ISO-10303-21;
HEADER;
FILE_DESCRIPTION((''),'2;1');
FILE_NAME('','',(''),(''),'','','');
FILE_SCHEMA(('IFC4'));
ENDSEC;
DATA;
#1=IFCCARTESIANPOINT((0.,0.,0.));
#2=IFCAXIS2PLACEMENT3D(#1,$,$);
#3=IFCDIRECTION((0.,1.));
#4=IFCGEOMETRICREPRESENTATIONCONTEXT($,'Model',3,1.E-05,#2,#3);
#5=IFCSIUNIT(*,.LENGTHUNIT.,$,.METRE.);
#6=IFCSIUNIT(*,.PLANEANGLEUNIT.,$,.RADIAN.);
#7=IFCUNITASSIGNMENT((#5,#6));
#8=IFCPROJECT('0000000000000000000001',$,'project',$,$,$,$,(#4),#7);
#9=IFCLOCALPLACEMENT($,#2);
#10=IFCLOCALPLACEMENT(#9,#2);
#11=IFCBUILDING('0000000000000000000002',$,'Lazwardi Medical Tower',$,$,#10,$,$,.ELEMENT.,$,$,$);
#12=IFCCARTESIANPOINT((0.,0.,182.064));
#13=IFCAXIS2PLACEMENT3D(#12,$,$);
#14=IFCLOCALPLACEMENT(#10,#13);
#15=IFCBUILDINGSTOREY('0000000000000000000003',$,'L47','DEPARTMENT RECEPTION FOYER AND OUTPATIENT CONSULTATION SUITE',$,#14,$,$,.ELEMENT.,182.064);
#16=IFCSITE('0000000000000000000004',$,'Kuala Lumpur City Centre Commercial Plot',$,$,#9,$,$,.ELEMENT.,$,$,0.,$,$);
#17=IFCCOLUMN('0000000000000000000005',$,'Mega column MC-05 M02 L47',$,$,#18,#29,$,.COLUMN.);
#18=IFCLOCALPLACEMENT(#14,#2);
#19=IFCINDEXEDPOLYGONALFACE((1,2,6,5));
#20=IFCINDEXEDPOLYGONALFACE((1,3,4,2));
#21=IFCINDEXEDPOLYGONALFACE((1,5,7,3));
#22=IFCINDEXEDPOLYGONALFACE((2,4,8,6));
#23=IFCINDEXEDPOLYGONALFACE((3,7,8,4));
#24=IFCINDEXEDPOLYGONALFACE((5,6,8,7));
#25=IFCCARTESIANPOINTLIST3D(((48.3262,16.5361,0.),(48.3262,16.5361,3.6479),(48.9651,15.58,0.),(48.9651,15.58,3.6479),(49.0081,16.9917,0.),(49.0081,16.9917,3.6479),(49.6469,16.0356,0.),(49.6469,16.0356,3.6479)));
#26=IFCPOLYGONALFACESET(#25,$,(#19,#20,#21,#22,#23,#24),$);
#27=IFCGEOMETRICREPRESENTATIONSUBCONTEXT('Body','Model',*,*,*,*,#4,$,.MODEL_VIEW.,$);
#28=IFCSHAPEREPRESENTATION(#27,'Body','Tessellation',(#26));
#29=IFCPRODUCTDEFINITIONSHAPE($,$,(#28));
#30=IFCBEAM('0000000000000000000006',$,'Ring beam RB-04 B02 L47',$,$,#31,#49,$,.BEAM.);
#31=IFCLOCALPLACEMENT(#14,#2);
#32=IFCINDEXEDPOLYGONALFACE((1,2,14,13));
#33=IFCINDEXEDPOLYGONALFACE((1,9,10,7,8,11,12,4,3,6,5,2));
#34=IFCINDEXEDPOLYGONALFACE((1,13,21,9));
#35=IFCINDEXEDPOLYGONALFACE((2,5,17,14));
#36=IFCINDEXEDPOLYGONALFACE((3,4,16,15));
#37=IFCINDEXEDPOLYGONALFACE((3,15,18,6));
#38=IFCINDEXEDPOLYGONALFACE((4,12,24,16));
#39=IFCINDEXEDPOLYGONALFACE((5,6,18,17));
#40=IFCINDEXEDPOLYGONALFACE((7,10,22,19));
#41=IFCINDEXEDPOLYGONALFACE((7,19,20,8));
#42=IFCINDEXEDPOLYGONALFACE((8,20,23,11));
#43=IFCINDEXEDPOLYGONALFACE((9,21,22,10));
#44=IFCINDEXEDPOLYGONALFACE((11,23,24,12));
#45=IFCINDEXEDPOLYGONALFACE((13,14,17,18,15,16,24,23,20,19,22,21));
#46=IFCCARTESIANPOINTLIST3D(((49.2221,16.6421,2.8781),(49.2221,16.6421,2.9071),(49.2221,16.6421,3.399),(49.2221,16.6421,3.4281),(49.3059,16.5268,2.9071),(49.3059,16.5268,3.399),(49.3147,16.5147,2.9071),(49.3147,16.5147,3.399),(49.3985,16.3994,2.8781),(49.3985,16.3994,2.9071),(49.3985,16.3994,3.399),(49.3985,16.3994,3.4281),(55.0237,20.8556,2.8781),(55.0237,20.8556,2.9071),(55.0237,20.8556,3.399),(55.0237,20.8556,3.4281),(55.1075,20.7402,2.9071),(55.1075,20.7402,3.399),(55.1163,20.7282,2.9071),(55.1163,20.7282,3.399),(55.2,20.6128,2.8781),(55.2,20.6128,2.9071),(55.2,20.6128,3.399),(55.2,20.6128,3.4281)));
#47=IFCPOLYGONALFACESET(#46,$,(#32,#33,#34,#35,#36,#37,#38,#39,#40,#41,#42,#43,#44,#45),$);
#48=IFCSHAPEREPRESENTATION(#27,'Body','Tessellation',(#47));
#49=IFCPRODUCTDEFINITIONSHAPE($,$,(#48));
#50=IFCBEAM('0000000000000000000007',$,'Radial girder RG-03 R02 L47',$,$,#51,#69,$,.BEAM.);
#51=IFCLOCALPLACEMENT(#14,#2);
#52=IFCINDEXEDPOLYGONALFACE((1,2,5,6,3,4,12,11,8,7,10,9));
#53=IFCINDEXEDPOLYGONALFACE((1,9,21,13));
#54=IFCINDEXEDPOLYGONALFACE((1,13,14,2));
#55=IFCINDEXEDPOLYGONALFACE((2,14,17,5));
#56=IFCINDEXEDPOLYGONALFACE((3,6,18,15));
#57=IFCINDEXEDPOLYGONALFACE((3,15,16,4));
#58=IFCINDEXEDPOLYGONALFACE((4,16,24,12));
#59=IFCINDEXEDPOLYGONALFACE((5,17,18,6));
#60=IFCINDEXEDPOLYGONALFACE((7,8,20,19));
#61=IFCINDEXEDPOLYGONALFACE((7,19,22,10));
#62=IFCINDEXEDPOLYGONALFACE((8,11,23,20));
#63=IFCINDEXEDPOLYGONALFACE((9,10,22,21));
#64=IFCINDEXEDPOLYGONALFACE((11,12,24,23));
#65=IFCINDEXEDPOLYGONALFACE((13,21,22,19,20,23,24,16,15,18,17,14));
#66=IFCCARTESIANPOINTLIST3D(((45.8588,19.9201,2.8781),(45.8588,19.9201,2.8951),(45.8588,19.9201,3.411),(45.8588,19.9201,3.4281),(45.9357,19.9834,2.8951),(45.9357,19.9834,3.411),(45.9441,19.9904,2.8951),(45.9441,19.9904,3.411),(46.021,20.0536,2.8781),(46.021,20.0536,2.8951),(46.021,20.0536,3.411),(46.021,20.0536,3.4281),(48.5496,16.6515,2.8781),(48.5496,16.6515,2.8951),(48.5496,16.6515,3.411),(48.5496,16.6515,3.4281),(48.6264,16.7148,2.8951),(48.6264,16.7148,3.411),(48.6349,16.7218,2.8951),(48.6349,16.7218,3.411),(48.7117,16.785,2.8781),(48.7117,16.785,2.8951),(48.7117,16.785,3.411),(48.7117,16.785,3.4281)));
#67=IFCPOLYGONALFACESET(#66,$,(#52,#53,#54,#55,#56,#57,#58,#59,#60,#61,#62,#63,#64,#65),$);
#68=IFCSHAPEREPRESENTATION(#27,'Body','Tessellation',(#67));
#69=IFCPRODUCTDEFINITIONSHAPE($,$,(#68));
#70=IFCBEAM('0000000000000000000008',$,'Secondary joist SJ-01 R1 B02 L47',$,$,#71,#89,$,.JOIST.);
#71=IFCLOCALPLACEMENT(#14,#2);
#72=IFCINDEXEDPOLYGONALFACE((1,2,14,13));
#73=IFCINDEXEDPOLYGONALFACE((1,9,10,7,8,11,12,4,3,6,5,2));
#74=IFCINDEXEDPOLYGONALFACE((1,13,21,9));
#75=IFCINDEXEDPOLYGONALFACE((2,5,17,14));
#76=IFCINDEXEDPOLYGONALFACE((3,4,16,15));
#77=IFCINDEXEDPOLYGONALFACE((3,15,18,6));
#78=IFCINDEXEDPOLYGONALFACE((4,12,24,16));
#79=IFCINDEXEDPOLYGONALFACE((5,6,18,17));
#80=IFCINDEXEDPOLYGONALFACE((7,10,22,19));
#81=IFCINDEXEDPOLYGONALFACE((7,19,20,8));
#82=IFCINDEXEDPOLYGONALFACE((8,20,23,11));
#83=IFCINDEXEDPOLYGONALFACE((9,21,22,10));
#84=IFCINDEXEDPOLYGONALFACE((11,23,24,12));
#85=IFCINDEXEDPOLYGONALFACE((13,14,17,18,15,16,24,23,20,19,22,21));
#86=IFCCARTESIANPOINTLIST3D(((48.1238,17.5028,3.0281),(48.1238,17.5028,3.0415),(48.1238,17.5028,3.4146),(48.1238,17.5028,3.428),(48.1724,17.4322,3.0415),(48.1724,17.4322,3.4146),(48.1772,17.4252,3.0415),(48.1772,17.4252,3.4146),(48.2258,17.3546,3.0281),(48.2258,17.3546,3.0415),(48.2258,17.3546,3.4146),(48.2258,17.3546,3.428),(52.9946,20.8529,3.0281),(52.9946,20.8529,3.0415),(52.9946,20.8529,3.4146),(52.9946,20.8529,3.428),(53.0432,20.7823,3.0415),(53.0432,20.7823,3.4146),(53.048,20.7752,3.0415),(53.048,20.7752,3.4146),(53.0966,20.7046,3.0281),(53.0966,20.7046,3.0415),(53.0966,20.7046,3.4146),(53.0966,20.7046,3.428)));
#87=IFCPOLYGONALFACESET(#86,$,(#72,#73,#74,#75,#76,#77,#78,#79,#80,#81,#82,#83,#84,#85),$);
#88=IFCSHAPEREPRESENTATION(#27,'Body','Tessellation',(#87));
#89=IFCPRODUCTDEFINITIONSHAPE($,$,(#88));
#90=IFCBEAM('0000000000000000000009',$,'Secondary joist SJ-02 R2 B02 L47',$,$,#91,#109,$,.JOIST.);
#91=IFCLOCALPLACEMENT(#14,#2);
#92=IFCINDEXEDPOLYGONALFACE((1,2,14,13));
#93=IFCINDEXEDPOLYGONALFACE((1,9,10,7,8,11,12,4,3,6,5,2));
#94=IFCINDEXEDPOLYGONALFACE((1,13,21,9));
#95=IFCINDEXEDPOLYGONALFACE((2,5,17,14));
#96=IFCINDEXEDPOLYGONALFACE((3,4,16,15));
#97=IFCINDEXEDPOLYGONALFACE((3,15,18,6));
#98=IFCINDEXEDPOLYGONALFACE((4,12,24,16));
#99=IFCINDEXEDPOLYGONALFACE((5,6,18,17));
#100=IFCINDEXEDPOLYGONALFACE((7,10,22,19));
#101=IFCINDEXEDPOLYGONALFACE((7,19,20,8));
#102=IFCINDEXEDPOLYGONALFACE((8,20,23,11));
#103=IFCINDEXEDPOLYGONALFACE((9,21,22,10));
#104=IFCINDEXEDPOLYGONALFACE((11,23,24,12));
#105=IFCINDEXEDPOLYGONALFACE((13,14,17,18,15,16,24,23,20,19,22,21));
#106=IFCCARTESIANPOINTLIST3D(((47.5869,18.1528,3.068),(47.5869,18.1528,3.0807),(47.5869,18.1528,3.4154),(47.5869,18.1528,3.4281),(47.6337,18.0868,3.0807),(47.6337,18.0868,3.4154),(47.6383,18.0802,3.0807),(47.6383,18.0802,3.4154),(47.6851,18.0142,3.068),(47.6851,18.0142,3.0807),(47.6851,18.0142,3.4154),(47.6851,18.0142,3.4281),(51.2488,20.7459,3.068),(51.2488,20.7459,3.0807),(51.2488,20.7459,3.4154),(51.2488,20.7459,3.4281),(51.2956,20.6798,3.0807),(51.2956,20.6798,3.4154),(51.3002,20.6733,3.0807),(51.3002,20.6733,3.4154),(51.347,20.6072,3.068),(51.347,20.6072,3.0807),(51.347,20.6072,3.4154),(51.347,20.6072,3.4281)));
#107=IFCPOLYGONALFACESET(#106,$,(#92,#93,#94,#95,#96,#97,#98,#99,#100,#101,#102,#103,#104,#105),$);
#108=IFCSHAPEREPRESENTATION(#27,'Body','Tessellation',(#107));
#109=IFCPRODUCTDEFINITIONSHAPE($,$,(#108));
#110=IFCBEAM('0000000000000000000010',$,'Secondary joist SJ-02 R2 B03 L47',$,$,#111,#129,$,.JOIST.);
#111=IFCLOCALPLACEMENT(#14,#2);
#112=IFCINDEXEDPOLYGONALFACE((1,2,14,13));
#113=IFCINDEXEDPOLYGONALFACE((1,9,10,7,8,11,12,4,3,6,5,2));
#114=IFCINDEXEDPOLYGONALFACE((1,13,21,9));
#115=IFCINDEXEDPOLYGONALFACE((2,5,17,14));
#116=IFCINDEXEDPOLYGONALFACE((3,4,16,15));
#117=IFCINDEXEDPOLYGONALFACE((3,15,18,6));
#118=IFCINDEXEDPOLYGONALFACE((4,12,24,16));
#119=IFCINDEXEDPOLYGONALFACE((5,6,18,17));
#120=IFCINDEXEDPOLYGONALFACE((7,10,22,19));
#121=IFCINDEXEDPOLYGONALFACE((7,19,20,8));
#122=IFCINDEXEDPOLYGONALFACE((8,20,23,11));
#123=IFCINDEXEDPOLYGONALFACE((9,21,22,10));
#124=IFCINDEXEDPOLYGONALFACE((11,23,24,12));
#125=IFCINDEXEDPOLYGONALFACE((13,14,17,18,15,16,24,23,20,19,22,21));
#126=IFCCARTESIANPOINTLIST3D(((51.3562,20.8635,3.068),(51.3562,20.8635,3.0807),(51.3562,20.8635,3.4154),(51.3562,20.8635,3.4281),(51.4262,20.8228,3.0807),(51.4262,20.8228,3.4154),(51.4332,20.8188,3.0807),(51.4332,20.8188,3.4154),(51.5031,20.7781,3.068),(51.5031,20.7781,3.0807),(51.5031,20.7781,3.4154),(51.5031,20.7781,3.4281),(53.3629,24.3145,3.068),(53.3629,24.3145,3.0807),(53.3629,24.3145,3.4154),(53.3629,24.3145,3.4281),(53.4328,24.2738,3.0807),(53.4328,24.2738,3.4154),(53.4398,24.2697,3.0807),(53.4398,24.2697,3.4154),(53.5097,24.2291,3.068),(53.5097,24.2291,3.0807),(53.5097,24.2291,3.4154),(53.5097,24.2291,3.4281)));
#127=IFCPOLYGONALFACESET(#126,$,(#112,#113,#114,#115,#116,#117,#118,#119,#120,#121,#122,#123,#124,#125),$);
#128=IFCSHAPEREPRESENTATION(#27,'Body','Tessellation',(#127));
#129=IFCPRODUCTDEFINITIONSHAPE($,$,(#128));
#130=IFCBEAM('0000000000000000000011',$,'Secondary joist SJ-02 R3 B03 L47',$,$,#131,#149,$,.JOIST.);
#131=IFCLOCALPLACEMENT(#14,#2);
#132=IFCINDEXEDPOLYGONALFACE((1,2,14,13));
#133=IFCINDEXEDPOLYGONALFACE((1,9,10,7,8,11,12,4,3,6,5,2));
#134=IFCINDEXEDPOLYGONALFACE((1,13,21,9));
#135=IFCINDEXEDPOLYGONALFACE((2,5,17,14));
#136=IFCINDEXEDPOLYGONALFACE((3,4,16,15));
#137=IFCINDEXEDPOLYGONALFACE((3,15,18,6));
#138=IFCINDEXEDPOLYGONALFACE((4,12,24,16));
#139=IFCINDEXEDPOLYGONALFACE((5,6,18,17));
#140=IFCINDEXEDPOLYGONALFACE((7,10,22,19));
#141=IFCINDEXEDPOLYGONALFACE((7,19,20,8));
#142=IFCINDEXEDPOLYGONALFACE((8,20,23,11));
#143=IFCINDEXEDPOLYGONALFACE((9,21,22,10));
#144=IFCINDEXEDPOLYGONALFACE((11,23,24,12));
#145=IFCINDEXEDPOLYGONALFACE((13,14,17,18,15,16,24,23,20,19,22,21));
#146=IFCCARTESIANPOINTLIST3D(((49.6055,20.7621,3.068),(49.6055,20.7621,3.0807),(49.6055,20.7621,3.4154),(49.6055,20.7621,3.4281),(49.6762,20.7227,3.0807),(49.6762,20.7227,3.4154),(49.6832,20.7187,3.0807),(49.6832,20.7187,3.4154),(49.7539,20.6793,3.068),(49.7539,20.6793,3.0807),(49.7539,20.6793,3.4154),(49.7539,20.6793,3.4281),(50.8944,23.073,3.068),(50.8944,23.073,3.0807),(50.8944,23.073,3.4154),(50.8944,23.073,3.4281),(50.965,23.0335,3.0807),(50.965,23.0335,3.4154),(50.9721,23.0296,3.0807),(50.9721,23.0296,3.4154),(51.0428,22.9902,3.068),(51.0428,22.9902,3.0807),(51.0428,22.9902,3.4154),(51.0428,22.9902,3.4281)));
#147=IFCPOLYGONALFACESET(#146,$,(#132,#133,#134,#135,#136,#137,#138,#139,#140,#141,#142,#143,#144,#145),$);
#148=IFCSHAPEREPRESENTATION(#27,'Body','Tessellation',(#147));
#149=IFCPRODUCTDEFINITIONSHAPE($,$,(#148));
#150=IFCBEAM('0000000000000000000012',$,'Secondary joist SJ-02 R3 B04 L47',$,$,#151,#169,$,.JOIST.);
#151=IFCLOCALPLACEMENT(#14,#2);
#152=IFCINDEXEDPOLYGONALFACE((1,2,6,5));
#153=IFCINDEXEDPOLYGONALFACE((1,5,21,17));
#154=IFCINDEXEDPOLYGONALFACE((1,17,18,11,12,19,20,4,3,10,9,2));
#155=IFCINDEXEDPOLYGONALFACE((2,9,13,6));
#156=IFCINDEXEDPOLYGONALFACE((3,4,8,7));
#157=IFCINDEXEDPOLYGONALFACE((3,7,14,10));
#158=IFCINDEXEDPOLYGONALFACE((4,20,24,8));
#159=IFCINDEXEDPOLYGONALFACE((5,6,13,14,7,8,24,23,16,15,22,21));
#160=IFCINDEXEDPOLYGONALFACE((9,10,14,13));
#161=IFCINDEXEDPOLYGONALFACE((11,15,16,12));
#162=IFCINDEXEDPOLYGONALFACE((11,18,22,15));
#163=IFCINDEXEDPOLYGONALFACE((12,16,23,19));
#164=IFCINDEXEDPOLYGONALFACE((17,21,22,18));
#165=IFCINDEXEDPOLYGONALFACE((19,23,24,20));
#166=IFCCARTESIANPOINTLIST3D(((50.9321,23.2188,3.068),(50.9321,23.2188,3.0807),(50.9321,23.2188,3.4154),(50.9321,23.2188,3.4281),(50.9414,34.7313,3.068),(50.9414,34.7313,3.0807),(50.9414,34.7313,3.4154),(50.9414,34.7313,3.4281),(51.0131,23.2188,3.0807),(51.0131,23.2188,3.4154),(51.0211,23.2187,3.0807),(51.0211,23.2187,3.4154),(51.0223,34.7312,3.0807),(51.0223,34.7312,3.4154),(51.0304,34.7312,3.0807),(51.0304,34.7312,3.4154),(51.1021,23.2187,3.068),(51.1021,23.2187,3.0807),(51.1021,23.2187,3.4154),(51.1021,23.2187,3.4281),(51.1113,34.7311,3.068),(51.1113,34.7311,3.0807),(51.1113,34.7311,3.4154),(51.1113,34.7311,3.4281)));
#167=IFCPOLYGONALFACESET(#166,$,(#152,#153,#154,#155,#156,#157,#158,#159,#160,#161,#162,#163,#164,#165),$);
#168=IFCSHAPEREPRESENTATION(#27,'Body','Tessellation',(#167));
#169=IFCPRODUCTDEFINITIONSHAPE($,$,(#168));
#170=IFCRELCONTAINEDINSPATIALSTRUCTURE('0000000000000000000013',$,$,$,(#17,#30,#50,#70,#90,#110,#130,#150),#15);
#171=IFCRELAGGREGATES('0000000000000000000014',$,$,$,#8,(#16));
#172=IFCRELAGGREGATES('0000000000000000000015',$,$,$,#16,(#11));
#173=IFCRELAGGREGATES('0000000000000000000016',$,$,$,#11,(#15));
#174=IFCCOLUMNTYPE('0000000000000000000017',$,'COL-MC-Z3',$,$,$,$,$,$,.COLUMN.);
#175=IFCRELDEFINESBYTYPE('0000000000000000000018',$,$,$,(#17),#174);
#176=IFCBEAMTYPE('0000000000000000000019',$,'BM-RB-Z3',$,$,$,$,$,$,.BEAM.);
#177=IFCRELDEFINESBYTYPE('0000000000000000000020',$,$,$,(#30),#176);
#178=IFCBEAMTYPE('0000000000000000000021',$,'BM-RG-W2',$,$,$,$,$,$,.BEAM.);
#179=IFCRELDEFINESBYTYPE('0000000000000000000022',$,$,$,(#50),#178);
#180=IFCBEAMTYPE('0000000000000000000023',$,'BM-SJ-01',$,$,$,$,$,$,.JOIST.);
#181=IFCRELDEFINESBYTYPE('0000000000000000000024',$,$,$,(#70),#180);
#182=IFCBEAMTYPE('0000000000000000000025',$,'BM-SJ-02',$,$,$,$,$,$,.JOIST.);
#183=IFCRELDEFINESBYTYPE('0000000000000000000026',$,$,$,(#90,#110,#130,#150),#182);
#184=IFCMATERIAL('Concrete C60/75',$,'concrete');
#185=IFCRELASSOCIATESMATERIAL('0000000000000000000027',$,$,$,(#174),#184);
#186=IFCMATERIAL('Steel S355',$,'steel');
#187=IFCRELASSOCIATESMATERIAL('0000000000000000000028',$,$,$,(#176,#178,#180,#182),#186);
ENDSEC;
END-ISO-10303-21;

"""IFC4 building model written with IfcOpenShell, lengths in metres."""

from ifc_helpers import new_model, si_unit, direction, frame, origin, origin_2d, place, context, subcontext, project, spatial, rectangle, i_section, extrude, material, material_profile, profile_set, type_object, element, save


model = new_model("IFC4")

# Units and contexts
model_context = context("Model", 3, precision=1e-05, world=origin(), true_north=direction((0.0, 1.0)))
body_context = subcontext(model_context, "Body", "Model", "MODEL_VIEW")
ifc_project = project(units=[si_unit("LENGTHUNIT", "METRE"), si_unit("PLANEANGLEUNIT", "RADIAN")], contexts=[model_context])

# Site, building, storey
site_placement = place(None, origin())
site = spatial("IfcSite", under=ifc_project, at=site_placement, Name="Kuala Lumpur City Centre Commercial Plot", CompositionType="ELEMENT", RefElevation=0.0)
building_placement = place(site_placement, origin())
building = spatial("IfcBuilding", under=site, at=building_placement, Name="Lazwardi Medical Tower", CompositionType="ELEMENT")
storey_placement = place(building_placement, frame((0.0, 0.0, 182.064)))
storey = spatial("IfcBuildingStorey", under=building, at=storey_placement, Name="L47", Description="DEPARTMENT RECEPTION FOYER AND OUTPATIENT CONSULTATION SUITE", CompositionType="ELEMENT", Elevation=182.064)

# Column
ifc_material_1 = material(Name="Concrete C60/75", Category="concrete")
ifc_material_profile_1 = material_profile(ifc_material_1, rectangle(XDim=1.1499, YDim=0.8201, at=origin_2d()), Name="CFT-RECT 1150x820")
ifc_profile_set_1 = profile_set([ifc_material_profile_1], Name="Concrete C60/75")
column_type = type_object("IfcColumnType", Name="COL-MC-Z3", PredefinedType="COLUMN", material=ifc_profile_set_1)
column_placement = place(storey_placement, frame((48.9866, 16.2859, 0.0), z_axis=(0.0, 0.0, 1.0), x_axis=(0.55557, -0.83147, 0.0)))
element("IfcColumn", 1, at=column_placement, inside=storey, type_object=column_type, Name="Mega column MC-05 M02 L47", PredefinedType="COLUMN", context=body_context, shape_type="SweptSolid", body=[
    extrude(rectangle(XDim=1.1499, YDim=0.8201, at=origin_2d()), origin(), (0.0, 0.0, 1.0), 3.6479),
])

# Beams
ifc_material_2 = material(Name="Steel S355", Category="steel")
ifc_material_profile_2 = material_profile(ifc_material_2, i_section(OverallWidth=0.3, OverallDepth=0.55, WebThickness=0.0149, FlangeThickness=0.0291, at=origin_2d()), Name="HEB 550")
ifc_profile_set_2 = profile_set([ifc_material_profile_2], Name="Steel S355")
beam_type_1 = type_object("IfcBeamType", Name="BM-RB-Z3", PredefinedType="BEAM", material=ifc_profile_set_2)
beam_1_placement = place(storey_placement, frame((49.3103, 16.5208, 3.1531), z_axis=(0.809128, 0.587633, 0.0), x_axis=(-0.587633, 0.809128, 0.0)))
element("IfcBeam", 2, at=beam_1_placement, inside=storey, type_object=beam_type_1, Name="Ring beam RB-04 B02 L47", PredefinedType="BEAM", context=body_context, shape_type="SweptSolid", body=[
    extrude(i_section(OverallWidth=0.3, OverallDepth=0.55, WebThickness=0.0149, FlangeThickness=0.0291, at=origin_2d()), origin(), (0.0, 0.0, 1.0), 7.1702),
])
ifc_material_profile_3 = material_profile(ifc_material_2, i_section(OverallWidth=0.21, OverallDepth=0.55, WebThickness=0.011, FlangeThickness=0.0171, at=origin_2d()), Name="IPE 550")
ifc_profile_set_3 = profile_set([ifc_material_profile_3], Name="Steel S355")
beam_type_2 = type_object("IfcBeamType", Name="BM-RG-W2", PredefinedType="BEAM", material=ifc_profile_set_3)
beam_2_placement = place(storey_placement, frame((48.6306, 16.7183, 3.1531), z_axis=(-0.635556, 0.772055, 0.0), x_axis=(-0.772055, -0.635556, 0.0)))
element("IfcBeam", 3, at=beam_2_placement, inside=storey, type_object=beam_type_2, Name="Radial girder RG-03 R02 L47", PredefinedType="BEAM", context=body_context, shape_type="SweptSolid", body=[
    extrude(i_section(OverallWidth=0.21, OverallDepth=0.55, WebThickness=0.011, FlangeThickness=0.0171, at=origin_2d()), origin(), (0.0, 0.0, 1.0), 4.2336),
])
ifc_material_profile_4 = material_profile(ifc_material_2, i_section(OverallWidth=0.1799, OverallDepth=0.3999, WebThickness=0.0085, FlangeThickness=0.0134, at=origin_2d()), Name="IPE 400")
ifc_profile_set_4 = profile_set([ifc_material_profile_4], Name="Steel S355")
beam_type_3 = type_object("IfcBeamType", Name="BM-SJ-01", PredefinedType="JOIST", material=ifc_profile_set_4)
beam_3_placement = place(storey_placement, frame((48.1748, 17.4287, 3.228), z_axis=(0.823932, 0.566688, 0.0), x_axis=(-0.566688, 0.823932, 0.0)))
element("IfcBeam", 4, at=beam_3_placement, inside=storey, type_object=beam_type_3, Name="Secondary joist SJ-01 R1 B02 L47", PredefinedType="JOIST", context=body_context, shape_type="SweptSolid", body=[
    extrude(i_section(OverallWidth=0.1799, OverallDepth=0.3999, WebThickness=0.0085, FlangeThickness=0.0134, at=origin_2d()), origin(), (0.0, 0.0, 1.0), 5.9116),
])
ifc_material_profile_5 = material_profile(ifc_material_2, i_section(OverallWidth=0.1699, OverallDepth=0.3601, WebThickness=0.0081, FlangeThickness=0.0127, at=origin_2d()), Name="IPE 360")
ifc_profile_set_5 = profile_set([ifc_material_profile_5], Name="Steel S355")
beam_type_4 = type_object("IfcBeamType", Name="BM-SJ-02", PredefinedType="JOIST", material=ifc_profile_set_5)
beam_4_placement = place(storey_placement, frame((47.636, 18.0835, 3.248), z_axis=(0.816109, 0.577898, 0.0), x_axis=(-0.577898, 0.816109, 0.0)))
element("IfcBeam", 5, at=beam_4_placement, inside=storey, type_object=beam_type_4, Name="Secondary joist SJ-02 R2 B02 L47", PredefinedType="JOIST", context=body_context, shape_type="SweptSolid", body=[
    extrude(i_section(OverallWidth=0.1699, OverallDepth=0.3601, WebThickness=0.0081, FlangeThickness=0.0127, at=origin_2d()), origin(), (0.0, 0.0, 1.0), 4.4871),
])
beam_5_placement = place(storey_placement, frame((51.4297, 20.8208, 3.248), z_axis=(0.502665, 0.864481, 0.0), x_axis=(-0.864481, 0.502665, 0.0)))
element("IfcBeam", 6, at=beam_5_placement, inside=storey, type_object=beam_type_4, Name="Secondary joist SJ-02 R2 B03 L47", PredefinedType="JOIST", context=body_context, shape_type="SweptSolid", body=[
    extrude(i_section(OverallWidth=0.1699, OverallDepth=0.3601, WebThickness=0.0081, FlangeThickness=0.0127, at=origin_2d()), origin(), (0.0, 0.0, 1.0), 3.9919),
])
beam_6_placement = place(storey_placement, frame((49.6797, 20.7207, 3.248), z_axis=(0.487099, 0.873347, 0.0), x_axis=(-0.873347, 0.487099, 0.0)))
element("IfcBeam", 7, at=beam_6_placement, inside=storey, type_object=beam_type_4, Name="Secondary joist SJ-02 R3 B03 L47", PredefinedType="JOIST", context=body_context, shape_type="SweptSolid", body=[
    extrude(i_section(OverallWidth=0.1699, OverallDepth=0.3601, WebThickness=0.0081, FlangeThickness=0.0127, at=origin_2d()), origin(), (0.0, 0.0, 1.0), 2.646),
])
beam_7_placement = place(storey_placement, frame((51.0171, 23.2188, 3.248), z_axis=(0.000806, 1.0, 0.0), x_axis=(-1.0, 0.000806, 0.0)))
element("IfcBeam", 8, at=beam_7_placement, inside=storey, type_object=beam_type_4, Name="Secondary joist SJ-02 R3 B04 L47", PredefinedType="JOIST", context=body_context, shape_type="SweptSolid", body=[
    extrude(i_section(OverallWidth=0.1699, OverallDepth=0.3601, WebThickness=0.0081, FlangeThickness=0.0127, at=origin_2d()), origin(), (0.0, 0.0, 1.0), 11.5125),
])

save(model, "model.ifc")
